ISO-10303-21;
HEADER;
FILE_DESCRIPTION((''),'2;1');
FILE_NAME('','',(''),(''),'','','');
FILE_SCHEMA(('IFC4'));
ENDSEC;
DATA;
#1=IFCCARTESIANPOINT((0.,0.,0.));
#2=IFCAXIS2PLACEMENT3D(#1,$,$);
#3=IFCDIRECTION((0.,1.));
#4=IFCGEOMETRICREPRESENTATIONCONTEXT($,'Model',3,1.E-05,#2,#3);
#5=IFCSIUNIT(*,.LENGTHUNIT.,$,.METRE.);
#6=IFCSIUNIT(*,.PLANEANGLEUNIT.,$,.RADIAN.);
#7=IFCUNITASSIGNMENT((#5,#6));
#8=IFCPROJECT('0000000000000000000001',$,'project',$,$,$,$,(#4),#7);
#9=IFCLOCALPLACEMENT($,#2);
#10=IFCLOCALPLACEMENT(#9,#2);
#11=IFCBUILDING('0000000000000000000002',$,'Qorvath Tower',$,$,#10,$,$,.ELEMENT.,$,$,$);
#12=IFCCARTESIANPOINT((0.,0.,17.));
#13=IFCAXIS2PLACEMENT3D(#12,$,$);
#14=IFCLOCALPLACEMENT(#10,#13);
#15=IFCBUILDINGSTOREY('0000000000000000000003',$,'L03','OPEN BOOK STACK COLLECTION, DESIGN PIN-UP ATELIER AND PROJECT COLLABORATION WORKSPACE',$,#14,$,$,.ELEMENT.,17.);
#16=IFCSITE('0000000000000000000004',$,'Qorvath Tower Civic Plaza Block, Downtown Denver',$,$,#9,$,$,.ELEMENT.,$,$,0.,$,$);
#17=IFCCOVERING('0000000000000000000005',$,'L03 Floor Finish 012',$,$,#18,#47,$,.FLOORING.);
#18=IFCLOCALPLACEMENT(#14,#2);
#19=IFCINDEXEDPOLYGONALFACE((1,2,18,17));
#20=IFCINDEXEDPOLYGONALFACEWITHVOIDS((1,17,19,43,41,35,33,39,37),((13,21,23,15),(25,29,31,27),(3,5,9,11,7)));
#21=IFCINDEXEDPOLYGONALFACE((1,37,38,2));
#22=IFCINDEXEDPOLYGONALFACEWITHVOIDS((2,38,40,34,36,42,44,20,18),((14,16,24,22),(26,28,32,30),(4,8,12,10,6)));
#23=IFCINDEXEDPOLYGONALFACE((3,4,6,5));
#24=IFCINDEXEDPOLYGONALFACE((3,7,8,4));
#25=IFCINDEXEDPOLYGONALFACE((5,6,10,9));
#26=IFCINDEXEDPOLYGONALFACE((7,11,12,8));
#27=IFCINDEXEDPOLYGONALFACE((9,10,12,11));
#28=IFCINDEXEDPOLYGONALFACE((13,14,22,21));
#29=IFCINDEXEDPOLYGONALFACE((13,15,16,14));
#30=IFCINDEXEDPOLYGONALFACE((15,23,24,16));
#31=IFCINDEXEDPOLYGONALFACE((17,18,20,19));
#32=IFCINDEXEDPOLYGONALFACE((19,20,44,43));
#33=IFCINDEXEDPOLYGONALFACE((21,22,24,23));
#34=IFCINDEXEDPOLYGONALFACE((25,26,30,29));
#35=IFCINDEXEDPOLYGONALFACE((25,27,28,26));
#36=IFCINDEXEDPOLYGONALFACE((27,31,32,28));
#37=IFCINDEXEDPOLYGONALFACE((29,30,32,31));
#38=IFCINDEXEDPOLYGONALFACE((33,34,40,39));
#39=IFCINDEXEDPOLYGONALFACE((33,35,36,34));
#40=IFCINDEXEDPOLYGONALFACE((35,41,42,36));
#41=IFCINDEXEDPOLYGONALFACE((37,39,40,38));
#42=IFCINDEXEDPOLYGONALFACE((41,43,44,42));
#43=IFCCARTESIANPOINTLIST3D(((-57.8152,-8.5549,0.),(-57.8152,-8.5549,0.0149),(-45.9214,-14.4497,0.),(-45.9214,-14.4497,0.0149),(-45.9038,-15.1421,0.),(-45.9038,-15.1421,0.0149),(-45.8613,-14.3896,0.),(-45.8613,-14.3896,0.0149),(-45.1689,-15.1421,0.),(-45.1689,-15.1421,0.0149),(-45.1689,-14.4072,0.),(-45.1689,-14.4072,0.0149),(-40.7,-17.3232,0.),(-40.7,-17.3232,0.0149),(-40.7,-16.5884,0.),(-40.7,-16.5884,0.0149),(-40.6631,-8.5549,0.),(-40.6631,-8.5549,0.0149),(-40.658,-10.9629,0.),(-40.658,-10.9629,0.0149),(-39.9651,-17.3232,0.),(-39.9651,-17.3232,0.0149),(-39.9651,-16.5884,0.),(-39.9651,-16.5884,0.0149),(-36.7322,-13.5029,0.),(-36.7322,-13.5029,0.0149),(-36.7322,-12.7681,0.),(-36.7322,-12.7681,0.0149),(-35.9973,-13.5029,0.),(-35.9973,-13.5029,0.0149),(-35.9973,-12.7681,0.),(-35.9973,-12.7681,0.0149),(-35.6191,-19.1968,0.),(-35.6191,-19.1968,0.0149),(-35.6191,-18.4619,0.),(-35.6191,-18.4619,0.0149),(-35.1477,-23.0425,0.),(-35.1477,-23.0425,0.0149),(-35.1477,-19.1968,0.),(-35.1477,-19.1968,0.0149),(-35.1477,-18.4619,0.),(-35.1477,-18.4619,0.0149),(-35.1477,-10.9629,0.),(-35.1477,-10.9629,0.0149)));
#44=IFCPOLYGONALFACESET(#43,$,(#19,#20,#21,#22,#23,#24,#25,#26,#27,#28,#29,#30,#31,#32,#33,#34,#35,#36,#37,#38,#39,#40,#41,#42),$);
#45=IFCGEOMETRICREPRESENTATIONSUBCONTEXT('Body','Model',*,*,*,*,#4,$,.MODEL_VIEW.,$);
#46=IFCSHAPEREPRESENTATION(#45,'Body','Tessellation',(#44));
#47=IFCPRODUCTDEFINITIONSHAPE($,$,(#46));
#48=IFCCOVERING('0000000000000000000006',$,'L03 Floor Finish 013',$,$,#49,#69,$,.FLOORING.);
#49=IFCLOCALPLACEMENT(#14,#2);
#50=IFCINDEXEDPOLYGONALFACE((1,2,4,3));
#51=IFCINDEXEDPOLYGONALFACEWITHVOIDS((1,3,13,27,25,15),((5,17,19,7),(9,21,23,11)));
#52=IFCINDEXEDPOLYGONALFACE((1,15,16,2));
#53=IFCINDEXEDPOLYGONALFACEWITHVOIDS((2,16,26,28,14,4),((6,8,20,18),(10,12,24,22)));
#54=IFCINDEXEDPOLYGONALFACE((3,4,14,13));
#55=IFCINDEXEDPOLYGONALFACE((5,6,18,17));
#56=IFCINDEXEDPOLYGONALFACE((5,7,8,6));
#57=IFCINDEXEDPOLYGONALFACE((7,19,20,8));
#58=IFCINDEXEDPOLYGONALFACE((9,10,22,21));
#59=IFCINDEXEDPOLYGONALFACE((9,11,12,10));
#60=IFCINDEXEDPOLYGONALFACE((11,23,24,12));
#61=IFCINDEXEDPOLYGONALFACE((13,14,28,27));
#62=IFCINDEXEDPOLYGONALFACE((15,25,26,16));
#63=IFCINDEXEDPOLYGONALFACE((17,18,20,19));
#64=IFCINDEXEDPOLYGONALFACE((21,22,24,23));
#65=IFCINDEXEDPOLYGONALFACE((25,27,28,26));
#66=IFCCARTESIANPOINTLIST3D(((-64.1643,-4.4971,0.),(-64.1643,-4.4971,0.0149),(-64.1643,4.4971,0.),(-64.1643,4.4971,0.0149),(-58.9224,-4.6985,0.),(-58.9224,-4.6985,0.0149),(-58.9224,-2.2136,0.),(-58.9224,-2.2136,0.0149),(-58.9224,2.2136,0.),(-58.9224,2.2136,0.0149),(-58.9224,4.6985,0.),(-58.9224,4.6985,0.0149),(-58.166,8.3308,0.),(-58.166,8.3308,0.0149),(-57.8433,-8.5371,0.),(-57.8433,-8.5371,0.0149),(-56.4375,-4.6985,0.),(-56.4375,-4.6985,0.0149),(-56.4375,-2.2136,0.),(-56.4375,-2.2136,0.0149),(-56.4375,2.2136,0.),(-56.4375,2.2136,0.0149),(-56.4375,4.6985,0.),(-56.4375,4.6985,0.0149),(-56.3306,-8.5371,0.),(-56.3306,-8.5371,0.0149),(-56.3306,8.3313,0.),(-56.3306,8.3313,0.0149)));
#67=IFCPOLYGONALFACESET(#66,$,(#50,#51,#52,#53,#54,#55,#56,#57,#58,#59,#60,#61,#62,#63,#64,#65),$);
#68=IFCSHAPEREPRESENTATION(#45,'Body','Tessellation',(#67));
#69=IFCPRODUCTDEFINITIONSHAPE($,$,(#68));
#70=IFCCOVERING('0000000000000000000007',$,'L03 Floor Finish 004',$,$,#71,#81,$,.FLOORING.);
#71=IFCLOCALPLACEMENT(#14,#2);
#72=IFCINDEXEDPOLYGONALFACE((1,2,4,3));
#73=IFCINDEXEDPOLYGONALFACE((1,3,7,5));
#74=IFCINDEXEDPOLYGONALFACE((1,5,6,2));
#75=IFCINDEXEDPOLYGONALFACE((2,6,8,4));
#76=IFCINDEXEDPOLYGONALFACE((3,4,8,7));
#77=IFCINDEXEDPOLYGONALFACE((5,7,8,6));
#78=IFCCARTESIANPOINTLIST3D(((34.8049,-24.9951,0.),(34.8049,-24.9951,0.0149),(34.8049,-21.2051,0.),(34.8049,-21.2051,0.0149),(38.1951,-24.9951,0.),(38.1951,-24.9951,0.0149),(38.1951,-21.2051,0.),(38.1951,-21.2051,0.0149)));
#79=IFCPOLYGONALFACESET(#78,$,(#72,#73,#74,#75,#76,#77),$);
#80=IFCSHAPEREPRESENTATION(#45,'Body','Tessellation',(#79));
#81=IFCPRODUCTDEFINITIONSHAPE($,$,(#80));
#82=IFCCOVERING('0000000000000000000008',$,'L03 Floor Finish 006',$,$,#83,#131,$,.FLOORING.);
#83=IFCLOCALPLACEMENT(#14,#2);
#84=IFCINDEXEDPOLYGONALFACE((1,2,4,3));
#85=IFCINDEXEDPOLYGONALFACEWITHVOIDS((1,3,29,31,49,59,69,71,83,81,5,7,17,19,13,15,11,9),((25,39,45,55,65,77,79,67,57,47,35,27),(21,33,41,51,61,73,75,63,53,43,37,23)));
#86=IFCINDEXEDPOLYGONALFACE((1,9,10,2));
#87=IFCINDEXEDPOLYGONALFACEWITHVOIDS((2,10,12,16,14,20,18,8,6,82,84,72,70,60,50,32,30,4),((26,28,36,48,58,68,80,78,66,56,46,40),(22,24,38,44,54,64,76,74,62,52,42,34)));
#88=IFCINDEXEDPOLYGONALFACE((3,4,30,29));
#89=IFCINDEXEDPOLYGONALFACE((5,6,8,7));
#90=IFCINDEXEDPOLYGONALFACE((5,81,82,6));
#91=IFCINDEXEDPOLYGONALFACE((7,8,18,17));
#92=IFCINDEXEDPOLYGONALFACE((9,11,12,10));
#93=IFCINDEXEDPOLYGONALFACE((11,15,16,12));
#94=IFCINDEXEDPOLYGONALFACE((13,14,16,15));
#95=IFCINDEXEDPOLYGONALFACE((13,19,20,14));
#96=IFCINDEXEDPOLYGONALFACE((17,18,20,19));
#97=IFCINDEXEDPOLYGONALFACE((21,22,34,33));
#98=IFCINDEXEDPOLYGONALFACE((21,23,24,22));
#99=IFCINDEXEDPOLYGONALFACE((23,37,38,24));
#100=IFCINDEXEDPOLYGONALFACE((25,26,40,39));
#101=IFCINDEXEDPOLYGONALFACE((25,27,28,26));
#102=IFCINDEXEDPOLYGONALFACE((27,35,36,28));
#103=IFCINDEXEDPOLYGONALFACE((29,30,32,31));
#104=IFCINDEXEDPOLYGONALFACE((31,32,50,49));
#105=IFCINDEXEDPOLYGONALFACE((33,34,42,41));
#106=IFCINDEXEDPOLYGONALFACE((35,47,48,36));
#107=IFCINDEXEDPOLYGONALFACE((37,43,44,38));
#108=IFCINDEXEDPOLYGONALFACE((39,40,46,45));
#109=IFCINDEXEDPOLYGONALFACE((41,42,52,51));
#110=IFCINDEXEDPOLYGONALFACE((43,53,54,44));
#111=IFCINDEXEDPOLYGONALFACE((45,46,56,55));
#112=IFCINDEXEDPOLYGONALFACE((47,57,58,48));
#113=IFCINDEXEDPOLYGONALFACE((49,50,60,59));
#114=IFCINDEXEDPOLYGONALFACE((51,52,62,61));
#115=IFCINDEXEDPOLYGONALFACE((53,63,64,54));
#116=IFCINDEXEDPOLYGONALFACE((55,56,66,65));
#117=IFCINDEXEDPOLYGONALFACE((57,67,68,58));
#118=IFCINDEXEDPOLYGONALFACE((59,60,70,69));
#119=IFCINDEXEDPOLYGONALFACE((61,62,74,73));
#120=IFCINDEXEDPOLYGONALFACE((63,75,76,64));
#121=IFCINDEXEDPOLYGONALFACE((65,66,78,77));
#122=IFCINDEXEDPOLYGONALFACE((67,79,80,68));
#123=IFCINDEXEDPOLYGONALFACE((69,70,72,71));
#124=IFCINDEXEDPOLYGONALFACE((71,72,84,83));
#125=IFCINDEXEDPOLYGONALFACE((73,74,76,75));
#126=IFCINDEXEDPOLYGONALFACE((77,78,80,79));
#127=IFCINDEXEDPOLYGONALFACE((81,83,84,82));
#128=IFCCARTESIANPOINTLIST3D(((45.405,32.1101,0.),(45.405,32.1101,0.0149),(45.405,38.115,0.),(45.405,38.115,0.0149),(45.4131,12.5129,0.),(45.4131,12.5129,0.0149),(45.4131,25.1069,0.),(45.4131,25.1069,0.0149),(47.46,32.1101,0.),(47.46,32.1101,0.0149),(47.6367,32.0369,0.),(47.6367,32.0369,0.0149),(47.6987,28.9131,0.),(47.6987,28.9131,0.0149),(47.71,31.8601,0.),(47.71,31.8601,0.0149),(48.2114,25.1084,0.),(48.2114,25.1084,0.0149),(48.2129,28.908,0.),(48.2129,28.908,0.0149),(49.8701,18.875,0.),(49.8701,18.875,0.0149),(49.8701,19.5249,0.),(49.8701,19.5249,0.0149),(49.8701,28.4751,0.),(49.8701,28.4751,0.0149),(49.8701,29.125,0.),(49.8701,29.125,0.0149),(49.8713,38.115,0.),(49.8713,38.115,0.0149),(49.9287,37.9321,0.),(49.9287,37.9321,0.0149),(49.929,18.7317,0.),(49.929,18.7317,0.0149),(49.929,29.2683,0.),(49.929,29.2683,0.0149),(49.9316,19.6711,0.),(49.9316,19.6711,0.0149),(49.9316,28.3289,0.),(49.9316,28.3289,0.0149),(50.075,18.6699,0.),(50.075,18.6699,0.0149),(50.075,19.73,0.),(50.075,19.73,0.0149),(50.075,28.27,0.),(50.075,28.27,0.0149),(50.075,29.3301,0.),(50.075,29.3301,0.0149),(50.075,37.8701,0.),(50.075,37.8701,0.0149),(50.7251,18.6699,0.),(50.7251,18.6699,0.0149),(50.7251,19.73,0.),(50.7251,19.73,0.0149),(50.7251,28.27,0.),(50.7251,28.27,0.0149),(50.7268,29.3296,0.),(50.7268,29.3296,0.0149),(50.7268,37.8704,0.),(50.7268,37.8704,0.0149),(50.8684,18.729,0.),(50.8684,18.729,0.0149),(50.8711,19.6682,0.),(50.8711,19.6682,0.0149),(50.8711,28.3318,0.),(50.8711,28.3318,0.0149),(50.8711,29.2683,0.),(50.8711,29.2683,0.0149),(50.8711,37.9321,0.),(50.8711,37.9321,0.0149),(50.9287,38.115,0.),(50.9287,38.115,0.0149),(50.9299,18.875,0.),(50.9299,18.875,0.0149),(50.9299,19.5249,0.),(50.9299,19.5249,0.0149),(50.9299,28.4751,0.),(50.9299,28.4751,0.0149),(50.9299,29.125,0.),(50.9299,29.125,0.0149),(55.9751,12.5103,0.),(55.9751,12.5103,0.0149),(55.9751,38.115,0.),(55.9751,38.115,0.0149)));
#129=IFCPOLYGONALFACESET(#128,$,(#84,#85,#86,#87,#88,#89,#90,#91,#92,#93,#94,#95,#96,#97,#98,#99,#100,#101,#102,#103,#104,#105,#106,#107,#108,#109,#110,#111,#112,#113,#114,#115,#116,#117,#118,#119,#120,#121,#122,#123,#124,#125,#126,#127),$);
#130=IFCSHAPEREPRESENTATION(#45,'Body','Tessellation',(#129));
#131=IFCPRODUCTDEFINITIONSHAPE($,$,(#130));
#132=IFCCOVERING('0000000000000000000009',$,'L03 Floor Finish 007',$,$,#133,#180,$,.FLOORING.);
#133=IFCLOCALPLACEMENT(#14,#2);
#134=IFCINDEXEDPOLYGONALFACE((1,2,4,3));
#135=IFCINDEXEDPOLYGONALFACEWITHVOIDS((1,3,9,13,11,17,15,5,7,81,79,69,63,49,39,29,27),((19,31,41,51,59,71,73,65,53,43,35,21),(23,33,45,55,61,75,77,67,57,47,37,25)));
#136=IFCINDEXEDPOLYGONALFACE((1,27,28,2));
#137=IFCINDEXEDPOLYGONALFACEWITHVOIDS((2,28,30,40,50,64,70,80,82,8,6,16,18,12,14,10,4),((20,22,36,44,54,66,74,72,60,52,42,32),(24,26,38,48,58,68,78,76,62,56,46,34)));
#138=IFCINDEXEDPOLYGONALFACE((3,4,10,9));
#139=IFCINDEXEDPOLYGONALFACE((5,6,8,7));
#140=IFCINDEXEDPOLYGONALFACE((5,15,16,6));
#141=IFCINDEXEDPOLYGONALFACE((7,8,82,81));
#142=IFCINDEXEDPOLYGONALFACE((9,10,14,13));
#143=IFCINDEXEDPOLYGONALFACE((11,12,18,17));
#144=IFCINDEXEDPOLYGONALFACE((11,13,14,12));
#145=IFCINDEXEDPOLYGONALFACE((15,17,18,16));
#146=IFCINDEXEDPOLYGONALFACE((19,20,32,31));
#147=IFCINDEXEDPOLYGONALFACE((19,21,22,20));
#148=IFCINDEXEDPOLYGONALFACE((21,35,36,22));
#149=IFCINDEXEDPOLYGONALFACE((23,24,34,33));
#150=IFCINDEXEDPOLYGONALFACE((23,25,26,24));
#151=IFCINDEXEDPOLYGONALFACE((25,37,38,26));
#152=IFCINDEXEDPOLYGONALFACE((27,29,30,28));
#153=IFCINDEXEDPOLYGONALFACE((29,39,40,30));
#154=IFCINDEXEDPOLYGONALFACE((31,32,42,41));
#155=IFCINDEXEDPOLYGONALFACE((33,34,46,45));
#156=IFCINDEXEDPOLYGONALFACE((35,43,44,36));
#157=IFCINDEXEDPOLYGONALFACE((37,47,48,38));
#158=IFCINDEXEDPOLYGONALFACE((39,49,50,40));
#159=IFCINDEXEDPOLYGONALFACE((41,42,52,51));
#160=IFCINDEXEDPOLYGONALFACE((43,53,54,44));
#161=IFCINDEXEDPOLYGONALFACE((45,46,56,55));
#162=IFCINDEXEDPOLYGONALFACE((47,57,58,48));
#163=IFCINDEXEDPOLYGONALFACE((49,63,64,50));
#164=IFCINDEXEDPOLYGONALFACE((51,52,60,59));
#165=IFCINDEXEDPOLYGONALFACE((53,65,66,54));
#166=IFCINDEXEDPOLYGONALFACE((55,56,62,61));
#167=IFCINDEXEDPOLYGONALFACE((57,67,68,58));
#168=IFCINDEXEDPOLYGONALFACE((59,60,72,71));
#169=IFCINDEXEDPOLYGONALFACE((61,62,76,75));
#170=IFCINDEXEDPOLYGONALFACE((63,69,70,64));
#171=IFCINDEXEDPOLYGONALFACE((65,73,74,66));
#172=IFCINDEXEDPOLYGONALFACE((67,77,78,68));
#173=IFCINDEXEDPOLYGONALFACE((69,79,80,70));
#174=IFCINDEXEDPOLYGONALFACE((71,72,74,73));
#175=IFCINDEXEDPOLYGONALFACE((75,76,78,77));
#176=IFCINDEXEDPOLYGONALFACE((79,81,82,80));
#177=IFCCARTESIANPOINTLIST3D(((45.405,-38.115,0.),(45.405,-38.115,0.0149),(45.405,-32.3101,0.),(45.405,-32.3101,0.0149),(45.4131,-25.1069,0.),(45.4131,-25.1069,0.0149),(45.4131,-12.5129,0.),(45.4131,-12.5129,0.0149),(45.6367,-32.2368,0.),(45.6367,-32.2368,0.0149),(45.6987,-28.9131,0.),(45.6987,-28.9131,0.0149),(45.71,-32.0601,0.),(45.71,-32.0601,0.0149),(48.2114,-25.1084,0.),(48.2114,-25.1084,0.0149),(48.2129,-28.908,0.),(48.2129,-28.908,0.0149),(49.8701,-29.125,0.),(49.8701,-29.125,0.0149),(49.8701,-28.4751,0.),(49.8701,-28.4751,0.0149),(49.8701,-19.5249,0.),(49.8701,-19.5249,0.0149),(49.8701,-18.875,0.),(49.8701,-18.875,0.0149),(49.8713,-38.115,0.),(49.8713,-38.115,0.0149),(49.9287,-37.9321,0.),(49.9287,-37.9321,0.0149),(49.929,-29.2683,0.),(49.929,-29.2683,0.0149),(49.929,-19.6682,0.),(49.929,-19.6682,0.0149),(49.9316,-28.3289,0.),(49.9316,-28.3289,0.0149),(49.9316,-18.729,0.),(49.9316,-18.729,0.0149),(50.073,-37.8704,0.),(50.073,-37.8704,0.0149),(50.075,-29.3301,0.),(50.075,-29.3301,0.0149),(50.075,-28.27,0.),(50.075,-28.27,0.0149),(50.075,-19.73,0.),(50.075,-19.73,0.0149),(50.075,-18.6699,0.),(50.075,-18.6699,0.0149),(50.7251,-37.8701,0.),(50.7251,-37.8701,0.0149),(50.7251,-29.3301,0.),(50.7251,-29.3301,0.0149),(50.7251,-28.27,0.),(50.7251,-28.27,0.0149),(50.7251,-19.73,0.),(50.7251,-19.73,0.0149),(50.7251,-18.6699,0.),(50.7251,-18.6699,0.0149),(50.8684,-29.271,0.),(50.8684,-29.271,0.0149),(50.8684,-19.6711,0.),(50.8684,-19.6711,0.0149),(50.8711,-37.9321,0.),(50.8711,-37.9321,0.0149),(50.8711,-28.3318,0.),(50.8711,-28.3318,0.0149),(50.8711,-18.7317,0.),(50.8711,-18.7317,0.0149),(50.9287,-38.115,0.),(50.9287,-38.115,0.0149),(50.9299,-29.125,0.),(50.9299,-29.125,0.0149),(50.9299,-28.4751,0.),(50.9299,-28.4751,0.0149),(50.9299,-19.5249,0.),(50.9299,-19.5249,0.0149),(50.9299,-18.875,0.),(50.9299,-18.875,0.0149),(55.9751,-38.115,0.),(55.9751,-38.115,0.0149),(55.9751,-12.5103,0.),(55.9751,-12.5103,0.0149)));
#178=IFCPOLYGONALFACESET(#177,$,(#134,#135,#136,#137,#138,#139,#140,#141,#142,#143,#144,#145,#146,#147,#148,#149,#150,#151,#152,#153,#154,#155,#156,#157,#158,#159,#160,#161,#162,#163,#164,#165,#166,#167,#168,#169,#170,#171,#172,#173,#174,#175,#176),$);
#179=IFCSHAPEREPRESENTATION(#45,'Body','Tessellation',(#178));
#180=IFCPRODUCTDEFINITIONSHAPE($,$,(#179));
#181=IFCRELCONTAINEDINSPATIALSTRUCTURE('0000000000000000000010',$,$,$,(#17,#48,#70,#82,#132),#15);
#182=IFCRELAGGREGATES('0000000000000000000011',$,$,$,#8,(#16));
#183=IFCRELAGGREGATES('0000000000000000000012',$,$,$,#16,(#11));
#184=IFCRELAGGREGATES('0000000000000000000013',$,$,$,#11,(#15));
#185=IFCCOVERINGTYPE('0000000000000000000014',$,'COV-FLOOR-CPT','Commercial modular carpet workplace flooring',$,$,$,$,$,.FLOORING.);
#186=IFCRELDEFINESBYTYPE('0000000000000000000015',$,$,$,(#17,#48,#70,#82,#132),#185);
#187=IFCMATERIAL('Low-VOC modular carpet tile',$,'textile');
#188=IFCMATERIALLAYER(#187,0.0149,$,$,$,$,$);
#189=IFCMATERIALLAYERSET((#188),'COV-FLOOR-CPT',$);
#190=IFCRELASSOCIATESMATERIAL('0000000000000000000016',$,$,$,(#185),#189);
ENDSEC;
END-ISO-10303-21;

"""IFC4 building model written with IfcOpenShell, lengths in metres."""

from ifc_helpers import new_model, si_unit, direction, frame, origin, place, context, subcontext, project, spatial, polyline, outline, extrude, material, layer, layer_set, type_object, element, save


model = new_model("IFC4")

# Units and contexts
model_context = context("Model", 3, precision=1e-05, world=origin(), true_north=direction((0.0, 1.0)))
body_context = subcontext(model_context, "Body", "Model", "MODEL_VIEW")
ifc_project = project(units=[si_unit("LENGTHUNIT", "METRE"), si_unit("PLANEANGLEUNIT", "RADIAN")], contexts=[model_context])

# Site, building, storey
site_placement = place(None, origin())
site = spatial("IfcSite", under=ifc_project, at=site_placement, Name="Qorvath Tower Civic Plaza Block, Downtown Denver", CompositionType="ELEMENT", RefElevation=0.0)
building_placement = place(site_placement, origin())
building = spatial("IfcBuilding", under=site, at=building_placement, Name="Qorvath Tower", CompositionType="ELEMENT")
storey_placement = place(building_placement, frame((0.0, 0.0, 17.0)))
storey = spatial("IfcBuildingStorey", under=building, at=storey_placement, Name="L03", Description="OPEN BOOK STACK COLLECTION, DESIGN PIN-UP ATELIER AND PROJECT COLLABORATION WORKSPACE", CompositionType="ELEMENT", Elevation=17.0)

# Coverings
ifc_material_1 = material(Name="Low-VOC modular carpet tile", Category="textile")
ifc_layer_1 = layer(ifc_material_1, 0.0149)
ifc_layer_set_1 = layer_set([ifc_layer_1], Name="COV-FLOOR-CPT")
covering_type_1 = type_object("IfcCoveringType", Name="COV-FLOOR-CPT", Description="Commercial modular carpet workplace flooring", PredefinedType="FLOORING", material=ifc_layer_set_1)
covering_1_placement = place(storey_placement, origin())
element("IfcCovering", 1, at=covering_1_placement, inside=storey, type_object=covering_type_1, Name="L03 Floor Finish 012", PredefinedType="FLOORING", context=body_context, shape_type="SweptSolid", body=[
    extrude(outline(polyline([(-35.1477, -23.0425), (-35.1477, -19.1968), (-35.6191, -19.1968), (-35.6191, -18.4619), (-35.1477, -18.4619), (-35.1477, -10.9629), (-40.658, -10.9629), (-40.6631, -8.5549), (-57.8152, -8.5549), (-35.1477, -23.0425)]), holes=[polyline([(-36.7322, -12.7681), (-35.9973, -12.7681), (-35.9973, -13.5029), (-36.7322, -13.5029), (-36.7322, -12.7681)]), polyline([(-40.7, -16.5884), (-39.9651, -16.5884), (-39.9651, -17.3232), (-40.7, -17.3232), (-40.7, -16.5884)]), polyline([(-45.9214, -14.4497), (-45.8613, -14.3896), (-45.1689, -14.4072), (-45.1689, -15.1421), (-45.9038, -15.1421), (-45.9214, -14.4497)])]), origin(), (0.0, 0.0, 1.0), 0.0149),
])
covering_2_placement = place(storey_placement, origin())
element("IfcCovering", 2, at=covering_2_placement, inside=storey, type_object=covering_type_1, Name="L03 Floor Finish 013", PredefinedType="FLOORING", context=body_context, shape_type="SweptSolid", body=[
    extrude(outline(polyline([(-56.3306, -8.5371), (-56.3306, 8.3313), (-58.166, 8.3308), (-64.1643, 4.4971), (-64.1643, -4.4971), (-57.8433, -8.5371), (-56.3306, -8.5371)]), holes=[polyline([(-58.9224, -2.2136), (-56.4375, -2.2136), (-56.4375, -4.6985), (-58.9224, -4.6985), (-58.9224, -2.2136)]), polyline([(-58.9224, 4.6985), (-56.4375, 4.6985), (-56.4375, 2.2136), (-58.9224, 2.2136), (-58.9224, 4.6985)])]), origin(), (0.0, 0.0, 1.0), 0.0149),
])
covering_3_placement = place(storey_placement, origin())
element("IfcCovering", 3, at=covering_3_placement, inside=storey, type_object=covering_type_1, Name="L03 Floor Finish 004", PredefinedType="FLOORING", context=body_context, shape_type="SweptSolid", body=[
    extrude(outline(polyline([(38.1951, -21.2051), (34.8049, -21.2051), (34.8049, -24.9951), (38.1951, -24.9951), (38.1951, -21.2051)])), origin(), (0.0, 0.0, 1.0), 0.0149),
])
covering_4_placement = place(storey_placement, origin())
element("IfcCovering", 4, at=covering_4_placement, inside=storey, type_object=covering_type_1, Name="L03 Floor Finish 006", PredefinedType="FLOORING", context=body_context, shape_type="SweptSolid", body=[
    extrude(outline(polyline([(45.405, 38.115), (45.405, 32.1101), (47.46, 32.1101), (47.6367, 32.0369), (47.71, 31.8601), (47.6987, 28.9131), (48.2129, 28.908), (48.2114, 25.1084), (45.4131, 25.1069), (45.4131, 12.5129), (55.9751, 12.5103), (55.9751, 38.115), (50.9287, 38.115), (50.8711, 37.9321), (50.7268, 37.8704), (50.075, 37.8701), (49.9287, 37.9321), (49.8713, 38.115), (45.405, 38.115)]), holes=[polyline([(50.7268, 29.3296), (50.8711, 29.2683), (50.9299, 29.125), (50.9299, 28.4751), (50.8711, 28.3318), (50.7251, 28.27), (50.075, 28.27), (49.9316, 28.3289), (49.8701, 28.4751), (49.8701, 29.125), (49.929, 29.2683), (50.075, 29.3301), (50.7268, 29.3296)]), polyline([(50.8711, 19.6682), (50.9299, 19.5249), (50.9299, 18.875), (50.8684, 18.729), (50.7251, 18.6699), (50.075, 18.6699), (49.929, 18.7317), (49.8701, 18.875), (49.8701, 19.5249), (49.9316, 19.6711), (50.075, 19.73), (50.7251, 19.73), (50.8711, 19.6682)])]), origin(), (0.0, 0.0, 1.0), 0.0149),
])
covering_5_placement = place(storey_placement, origin())
element("IfcCovering", 5, at=covering_5_placement, inside=storey, type_object=covering_type_1, Name="L03 Floor Finish 007", PredefinedType="FLOORING", context=body_context, shape_type="SweptSolid", body=[
    extrude(outline(polyline([(55.9751, -38.115), (55.9751, -12.5103), (45.4131, -12.5129), (45.4131, -25.1069), (48.2114, -25.1084), (48.2129, -28.908), (45.6987, -28.9131), (45.71, -32.0601), (45.6367, -32.2368), (45.405, -32.3101), (45.405, -38.115), (49.8713, -38.115), (49.9287, -37.9321), (50.073, -37.8704), (50.7251, -37.8701), (50.8711, -37.9321), (50.9287, -38.115), (55.9751, -38.115)]), holes=[polyline([(50.8711, -28.3318), (50.9299, -28.4751), (50.9299, -29.125), (50.8684, -29.271), (50.7251, -29.3301), (50.075, -29.3301), (49.929, -29.2683), (49.8701, -29.125), (49.8701, -28.4751), (49.9316, -28.3289), (50.075, -28.27), (50.7251, -28.27), (50.8711, -28.3318)]), polyline([(50.8711, -18.7317), (50.9299, -18.875), (50.9299, -19.5249), (50.8684, -19.6711), (50.7251, -19.73), (50.075, -19.73), (49.929, -19.6682), (49.8701, -19.5249), (49.8701, -18.875), (49.9316, -18.729), (50.075, -18.6699), (50.7251, -18.6699), (50.8711, -18.7317)])]), origin(), (0.0, 0.0, 1.0), 0.0149),
])

save(model, "model.ifc")
